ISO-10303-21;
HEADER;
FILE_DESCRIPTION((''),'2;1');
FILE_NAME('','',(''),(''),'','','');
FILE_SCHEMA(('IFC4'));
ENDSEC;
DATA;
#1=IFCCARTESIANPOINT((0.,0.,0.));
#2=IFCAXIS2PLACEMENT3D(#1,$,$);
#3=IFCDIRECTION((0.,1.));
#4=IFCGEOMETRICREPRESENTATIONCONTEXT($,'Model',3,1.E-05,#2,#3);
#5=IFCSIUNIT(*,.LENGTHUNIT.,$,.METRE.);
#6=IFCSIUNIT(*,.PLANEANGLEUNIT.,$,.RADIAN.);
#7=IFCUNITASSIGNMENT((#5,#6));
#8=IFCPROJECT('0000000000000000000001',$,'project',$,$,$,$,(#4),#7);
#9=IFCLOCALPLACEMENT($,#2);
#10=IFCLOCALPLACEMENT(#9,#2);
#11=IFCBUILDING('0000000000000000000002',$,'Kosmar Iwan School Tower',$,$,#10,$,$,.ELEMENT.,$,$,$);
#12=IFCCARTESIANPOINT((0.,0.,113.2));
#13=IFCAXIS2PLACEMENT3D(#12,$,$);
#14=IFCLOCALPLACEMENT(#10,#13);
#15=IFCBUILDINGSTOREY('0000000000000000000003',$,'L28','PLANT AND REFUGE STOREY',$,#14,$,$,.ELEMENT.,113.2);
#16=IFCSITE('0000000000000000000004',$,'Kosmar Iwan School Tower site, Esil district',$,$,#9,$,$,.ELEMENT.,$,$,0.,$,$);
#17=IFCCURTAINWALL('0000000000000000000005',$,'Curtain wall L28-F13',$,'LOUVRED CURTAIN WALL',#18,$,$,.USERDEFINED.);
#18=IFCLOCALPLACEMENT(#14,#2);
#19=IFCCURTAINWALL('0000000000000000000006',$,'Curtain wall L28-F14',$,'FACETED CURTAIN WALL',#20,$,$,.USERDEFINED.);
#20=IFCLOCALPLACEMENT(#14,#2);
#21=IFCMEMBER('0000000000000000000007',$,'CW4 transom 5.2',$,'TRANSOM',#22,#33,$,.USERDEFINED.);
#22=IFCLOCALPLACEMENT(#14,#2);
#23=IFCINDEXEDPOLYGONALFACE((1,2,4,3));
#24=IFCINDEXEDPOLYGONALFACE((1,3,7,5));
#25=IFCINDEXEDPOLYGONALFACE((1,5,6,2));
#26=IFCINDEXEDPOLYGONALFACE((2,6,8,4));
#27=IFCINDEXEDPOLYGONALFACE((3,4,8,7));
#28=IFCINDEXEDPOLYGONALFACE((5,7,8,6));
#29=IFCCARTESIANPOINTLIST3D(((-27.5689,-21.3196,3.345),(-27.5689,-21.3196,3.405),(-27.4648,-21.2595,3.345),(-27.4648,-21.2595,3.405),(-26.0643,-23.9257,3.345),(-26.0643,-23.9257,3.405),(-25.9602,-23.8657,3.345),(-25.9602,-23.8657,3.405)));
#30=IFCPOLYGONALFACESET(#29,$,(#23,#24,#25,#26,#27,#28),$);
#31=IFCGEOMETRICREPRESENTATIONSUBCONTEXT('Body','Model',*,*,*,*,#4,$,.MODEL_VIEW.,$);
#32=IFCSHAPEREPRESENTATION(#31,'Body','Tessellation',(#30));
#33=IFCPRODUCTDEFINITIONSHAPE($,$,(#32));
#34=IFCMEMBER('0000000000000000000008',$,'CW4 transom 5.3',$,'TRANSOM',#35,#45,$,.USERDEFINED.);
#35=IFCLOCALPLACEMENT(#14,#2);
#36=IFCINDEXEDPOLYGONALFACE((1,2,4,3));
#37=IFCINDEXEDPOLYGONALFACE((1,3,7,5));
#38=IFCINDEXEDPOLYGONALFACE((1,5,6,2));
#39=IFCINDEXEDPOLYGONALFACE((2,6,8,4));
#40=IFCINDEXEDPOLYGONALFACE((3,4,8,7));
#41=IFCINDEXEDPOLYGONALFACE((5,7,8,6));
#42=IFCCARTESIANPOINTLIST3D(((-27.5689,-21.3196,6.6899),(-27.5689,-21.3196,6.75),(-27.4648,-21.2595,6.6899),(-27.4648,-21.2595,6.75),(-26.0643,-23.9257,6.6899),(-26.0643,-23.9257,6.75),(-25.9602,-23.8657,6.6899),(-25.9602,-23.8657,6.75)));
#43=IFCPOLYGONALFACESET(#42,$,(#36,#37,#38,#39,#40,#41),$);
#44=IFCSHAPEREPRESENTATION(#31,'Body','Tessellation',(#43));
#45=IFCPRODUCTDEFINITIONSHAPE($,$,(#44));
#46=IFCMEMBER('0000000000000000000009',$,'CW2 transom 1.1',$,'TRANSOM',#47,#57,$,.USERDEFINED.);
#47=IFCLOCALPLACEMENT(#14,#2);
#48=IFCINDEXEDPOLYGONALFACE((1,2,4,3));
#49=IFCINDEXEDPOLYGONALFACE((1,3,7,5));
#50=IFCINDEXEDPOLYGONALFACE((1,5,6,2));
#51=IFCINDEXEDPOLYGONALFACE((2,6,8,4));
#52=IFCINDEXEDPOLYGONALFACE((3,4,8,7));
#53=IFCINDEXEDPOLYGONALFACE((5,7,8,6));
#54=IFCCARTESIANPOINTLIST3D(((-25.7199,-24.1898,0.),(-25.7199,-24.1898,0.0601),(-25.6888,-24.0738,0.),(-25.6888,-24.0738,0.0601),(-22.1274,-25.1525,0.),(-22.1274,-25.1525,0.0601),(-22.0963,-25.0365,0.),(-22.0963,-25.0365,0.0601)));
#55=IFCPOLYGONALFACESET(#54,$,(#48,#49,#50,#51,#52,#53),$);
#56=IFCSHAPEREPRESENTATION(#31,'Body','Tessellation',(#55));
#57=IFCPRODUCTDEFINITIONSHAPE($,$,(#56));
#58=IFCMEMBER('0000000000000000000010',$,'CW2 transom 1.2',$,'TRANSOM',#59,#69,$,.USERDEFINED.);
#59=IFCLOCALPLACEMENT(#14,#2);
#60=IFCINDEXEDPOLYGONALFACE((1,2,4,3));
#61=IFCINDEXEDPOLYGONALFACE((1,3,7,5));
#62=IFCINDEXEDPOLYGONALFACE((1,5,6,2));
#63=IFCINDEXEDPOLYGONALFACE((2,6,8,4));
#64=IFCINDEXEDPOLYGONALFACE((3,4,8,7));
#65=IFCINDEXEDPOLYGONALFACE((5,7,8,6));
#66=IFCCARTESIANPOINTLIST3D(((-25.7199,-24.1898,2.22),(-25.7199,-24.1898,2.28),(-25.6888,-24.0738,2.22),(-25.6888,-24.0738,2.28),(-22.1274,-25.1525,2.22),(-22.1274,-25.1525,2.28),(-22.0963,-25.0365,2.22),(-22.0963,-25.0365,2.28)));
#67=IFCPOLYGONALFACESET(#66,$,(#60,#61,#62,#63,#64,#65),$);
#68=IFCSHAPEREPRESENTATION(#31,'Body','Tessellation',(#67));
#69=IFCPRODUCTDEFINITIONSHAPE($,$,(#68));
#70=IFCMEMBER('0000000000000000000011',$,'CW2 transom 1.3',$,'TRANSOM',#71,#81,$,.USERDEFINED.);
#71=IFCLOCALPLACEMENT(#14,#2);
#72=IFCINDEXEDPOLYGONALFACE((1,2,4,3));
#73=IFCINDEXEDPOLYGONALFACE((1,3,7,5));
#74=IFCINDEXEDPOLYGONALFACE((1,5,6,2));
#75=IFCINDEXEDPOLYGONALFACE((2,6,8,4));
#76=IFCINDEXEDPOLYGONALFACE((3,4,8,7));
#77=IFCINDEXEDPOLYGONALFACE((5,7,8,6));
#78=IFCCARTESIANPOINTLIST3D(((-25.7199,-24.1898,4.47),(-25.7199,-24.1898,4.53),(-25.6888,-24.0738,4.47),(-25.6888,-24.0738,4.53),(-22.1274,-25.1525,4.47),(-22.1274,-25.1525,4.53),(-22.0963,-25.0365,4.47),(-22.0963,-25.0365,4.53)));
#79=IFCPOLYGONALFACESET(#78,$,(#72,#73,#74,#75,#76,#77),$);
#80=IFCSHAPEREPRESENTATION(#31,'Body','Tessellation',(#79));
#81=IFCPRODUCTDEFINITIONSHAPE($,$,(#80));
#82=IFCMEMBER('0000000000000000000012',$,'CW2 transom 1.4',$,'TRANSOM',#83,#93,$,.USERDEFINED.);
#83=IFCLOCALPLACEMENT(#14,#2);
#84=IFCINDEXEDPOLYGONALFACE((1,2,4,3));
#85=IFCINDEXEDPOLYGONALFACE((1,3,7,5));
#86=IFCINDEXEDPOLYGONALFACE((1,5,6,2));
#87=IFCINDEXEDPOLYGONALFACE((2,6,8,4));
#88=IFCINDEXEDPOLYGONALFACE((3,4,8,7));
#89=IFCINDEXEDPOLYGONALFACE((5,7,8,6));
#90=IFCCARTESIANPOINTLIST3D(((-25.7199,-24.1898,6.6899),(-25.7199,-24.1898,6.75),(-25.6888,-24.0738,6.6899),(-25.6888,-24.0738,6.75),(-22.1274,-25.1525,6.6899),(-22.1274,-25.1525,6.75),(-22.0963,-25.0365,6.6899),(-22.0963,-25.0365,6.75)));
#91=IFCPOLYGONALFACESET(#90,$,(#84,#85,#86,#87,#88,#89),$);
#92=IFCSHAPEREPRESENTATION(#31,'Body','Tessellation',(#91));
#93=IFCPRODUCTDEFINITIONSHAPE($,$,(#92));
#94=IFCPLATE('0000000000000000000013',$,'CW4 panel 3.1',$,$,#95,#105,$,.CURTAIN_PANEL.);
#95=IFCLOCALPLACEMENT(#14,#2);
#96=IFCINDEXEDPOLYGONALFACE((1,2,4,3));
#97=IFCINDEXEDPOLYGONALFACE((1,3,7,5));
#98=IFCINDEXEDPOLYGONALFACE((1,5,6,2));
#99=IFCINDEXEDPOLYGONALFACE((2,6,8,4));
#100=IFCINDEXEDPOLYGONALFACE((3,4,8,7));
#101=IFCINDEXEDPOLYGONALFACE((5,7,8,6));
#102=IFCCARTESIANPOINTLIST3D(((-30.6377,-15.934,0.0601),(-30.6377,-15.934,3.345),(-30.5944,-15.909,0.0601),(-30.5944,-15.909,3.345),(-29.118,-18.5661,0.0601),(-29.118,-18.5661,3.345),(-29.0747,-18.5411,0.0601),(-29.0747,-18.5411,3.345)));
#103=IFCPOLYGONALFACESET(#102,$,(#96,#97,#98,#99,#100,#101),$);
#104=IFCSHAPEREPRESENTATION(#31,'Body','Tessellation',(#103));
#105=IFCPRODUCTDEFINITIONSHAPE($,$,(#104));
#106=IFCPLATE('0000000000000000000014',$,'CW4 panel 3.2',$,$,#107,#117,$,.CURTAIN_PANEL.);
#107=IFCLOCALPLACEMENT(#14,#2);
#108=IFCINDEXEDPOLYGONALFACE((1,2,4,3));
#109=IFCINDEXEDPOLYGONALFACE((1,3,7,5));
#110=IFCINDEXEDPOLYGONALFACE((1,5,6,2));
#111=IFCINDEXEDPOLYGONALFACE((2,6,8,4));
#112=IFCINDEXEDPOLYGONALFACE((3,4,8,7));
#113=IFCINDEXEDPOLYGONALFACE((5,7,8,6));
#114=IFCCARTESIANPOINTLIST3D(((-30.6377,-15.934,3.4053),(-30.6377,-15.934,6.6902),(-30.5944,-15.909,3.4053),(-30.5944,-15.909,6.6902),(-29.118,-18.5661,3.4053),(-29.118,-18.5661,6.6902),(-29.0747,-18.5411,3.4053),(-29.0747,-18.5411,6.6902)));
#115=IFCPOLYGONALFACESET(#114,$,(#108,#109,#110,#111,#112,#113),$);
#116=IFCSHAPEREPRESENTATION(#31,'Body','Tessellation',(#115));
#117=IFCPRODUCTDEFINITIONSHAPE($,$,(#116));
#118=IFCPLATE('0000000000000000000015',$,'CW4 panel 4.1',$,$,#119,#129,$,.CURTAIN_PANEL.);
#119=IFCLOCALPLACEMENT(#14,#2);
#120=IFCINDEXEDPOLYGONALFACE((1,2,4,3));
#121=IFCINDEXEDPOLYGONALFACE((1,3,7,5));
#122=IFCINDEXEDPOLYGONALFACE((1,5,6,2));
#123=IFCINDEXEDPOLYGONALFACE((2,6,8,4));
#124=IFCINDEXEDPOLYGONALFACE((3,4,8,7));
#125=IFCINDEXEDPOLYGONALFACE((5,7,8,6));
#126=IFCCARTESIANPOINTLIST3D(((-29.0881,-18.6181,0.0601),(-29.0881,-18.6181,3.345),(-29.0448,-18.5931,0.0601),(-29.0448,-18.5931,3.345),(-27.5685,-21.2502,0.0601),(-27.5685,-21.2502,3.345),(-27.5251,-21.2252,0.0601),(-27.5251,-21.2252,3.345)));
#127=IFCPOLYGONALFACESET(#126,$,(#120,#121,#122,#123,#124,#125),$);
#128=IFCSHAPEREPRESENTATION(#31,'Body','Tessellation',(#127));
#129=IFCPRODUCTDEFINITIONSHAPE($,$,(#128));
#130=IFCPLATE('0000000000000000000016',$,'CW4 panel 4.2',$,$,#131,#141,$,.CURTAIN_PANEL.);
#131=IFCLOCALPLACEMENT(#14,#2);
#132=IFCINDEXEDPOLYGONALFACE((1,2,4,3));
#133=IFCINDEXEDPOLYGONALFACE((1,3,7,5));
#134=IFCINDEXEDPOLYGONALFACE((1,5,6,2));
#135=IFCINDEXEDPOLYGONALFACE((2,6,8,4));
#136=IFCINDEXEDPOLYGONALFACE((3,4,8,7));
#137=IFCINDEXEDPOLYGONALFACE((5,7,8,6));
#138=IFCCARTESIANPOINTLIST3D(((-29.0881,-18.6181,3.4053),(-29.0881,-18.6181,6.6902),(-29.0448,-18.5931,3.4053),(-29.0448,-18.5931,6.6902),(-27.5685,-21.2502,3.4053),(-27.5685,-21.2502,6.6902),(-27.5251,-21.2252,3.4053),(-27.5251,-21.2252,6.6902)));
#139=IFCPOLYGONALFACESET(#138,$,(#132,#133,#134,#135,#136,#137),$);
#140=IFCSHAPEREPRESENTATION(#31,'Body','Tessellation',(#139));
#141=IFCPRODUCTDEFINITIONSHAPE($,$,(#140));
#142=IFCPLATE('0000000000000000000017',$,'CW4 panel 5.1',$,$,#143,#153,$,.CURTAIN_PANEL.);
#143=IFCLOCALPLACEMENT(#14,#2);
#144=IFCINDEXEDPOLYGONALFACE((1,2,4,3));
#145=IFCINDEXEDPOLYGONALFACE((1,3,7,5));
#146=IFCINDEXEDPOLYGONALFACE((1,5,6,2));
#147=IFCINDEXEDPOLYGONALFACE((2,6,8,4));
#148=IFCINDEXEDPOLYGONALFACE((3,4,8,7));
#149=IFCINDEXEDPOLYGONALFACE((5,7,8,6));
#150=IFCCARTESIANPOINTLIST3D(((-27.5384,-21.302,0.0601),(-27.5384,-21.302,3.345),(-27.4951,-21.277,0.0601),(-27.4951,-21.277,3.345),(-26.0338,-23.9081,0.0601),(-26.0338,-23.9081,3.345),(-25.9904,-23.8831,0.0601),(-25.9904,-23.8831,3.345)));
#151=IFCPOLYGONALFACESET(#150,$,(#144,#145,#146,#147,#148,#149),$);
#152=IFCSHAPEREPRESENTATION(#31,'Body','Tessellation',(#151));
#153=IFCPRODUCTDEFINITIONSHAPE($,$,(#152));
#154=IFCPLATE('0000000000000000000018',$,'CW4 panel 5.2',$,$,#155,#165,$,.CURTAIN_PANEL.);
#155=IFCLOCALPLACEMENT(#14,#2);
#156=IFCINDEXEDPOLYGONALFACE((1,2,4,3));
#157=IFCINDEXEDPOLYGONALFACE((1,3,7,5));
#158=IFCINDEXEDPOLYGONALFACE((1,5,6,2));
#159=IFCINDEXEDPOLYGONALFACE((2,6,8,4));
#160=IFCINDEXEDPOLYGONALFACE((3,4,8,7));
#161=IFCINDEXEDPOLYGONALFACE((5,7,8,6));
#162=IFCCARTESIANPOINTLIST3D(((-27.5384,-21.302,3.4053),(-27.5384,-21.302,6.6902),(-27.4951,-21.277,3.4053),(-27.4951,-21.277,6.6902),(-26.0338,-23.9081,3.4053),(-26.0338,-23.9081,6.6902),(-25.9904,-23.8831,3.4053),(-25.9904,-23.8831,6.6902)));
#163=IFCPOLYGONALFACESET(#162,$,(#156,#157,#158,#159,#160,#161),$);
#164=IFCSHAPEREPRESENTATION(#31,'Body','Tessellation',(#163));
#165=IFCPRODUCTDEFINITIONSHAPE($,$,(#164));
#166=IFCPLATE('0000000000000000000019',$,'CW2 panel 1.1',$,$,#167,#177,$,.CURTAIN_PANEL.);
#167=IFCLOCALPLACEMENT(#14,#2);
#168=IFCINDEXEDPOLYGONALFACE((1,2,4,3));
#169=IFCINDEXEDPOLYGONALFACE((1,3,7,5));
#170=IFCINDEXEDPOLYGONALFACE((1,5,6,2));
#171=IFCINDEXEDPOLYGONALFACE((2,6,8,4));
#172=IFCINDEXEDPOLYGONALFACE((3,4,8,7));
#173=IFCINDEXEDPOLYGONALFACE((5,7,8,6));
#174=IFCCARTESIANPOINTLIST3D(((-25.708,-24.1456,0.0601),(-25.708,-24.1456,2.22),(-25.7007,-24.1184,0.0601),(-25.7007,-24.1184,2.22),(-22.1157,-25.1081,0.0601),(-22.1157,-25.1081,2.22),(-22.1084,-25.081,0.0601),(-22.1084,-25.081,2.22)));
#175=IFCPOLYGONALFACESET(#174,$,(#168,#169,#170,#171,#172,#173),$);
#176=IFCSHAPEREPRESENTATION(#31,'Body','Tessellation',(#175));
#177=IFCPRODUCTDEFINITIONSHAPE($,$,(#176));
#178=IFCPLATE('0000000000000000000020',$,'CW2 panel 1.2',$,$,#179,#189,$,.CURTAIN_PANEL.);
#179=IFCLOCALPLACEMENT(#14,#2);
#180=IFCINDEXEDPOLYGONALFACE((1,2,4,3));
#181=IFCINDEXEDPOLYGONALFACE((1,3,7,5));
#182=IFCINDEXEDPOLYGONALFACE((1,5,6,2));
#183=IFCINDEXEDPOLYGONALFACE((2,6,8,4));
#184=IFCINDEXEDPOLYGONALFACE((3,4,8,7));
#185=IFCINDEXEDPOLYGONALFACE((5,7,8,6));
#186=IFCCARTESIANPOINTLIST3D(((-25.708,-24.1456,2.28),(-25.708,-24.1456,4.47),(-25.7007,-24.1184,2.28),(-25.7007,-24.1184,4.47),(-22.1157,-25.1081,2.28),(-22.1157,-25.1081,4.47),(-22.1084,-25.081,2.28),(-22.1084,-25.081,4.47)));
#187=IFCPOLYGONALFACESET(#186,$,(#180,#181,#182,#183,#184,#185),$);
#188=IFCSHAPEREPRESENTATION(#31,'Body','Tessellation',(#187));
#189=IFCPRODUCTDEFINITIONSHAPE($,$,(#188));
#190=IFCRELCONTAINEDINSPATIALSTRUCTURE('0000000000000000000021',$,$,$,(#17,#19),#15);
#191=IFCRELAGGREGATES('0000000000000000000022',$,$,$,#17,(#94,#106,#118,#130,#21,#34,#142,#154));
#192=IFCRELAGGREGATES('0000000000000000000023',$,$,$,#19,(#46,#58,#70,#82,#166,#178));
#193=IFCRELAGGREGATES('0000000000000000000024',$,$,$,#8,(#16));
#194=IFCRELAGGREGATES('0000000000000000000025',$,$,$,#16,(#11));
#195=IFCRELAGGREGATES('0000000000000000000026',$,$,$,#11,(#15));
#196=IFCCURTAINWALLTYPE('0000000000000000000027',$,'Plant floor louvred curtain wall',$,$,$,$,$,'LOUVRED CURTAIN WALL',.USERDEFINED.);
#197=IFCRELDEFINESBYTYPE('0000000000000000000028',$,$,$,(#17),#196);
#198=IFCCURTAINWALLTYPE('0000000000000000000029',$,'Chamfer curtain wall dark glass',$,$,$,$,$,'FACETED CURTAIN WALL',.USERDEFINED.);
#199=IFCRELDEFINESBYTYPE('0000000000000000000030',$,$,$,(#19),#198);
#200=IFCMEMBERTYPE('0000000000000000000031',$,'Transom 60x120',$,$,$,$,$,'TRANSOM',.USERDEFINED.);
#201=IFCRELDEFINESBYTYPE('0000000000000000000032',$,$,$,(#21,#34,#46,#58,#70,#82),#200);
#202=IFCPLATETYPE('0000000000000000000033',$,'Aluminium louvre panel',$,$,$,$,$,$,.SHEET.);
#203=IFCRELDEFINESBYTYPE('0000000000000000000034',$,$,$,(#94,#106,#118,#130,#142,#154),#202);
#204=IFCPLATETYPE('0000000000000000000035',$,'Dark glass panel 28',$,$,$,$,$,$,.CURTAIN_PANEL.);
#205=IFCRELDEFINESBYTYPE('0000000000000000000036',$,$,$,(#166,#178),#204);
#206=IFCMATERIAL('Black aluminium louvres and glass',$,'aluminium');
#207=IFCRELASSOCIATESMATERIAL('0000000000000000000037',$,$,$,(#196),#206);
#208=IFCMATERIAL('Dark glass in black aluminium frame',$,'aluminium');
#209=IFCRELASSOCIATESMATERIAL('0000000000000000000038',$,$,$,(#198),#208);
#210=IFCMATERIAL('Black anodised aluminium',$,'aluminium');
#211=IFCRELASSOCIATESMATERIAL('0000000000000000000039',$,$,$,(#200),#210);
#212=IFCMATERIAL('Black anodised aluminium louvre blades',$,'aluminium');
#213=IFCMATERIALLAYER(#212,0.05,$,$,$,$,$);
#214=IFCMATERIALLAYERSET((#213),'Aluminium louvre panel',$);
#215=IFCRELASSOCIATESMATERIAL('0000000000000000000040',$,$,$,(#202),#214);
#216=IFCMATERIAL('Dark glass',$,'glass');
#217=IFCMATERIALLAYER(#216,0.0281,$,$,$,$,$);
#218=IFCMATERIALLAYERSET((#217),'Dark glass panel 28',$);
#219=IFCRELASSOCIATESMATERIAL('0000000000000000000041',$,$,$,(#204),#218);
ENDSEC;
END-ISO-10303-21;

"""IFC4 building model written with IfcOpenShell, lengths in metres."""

from ifc_helpers import new_model, si_unit, direction, frame, origin, origin_2d, place, context, subcontext, project, spatial, rectangle, extrude, material, layer, layer_set, material_profile, profile_set, type_object, element, aggregate, save


model = new_model("IFC4")

# Units and contexts
model_context = context("Model", 3, precision=1e-05, world=origin(), true_north=direction((0.0, 1.0)))
body_context = subcontext(model_context, "Body", "Model", "MODEL_VIEW")
ifc_project = project(units=[si_unit("LENGTHUNIT", "METRE"), si_unit("PLANEANGLEUNIT", "RADIAN")], contexts=[model_context])

# Site, building, storey
site_placement = place(None, origin())
site = spatial("IfcSite", under=ifc_project, at=site_placement, Name="Kosmar Iwan School Tower site, Esil district", CompositionType="ELEMENT", RefElevation=0.0)
building_placement = place(site_placement, origin())
building = spatial("IfcBuilding", under=site, at=building_placement, Name="Kosmar Iwan School Tower", CompositionType="ELEMENT")
storey_placement = place(building_placement, frame((0.0, 0.0, 113.2)))
storey = spatial("IfcBuildingStorey", under=building, at=storey_placement, Name="L28", Description="PLANT AND REFUGE STOREY", CompositionType="ELEMENT", Elevation=113.2)

# Curtain wall
ifc_material_1 = material(Name="Black aluminium louvres and glass", Category="aluminium")
curtain_wall_type_1 = type_object("IfcCurtainWallType", Name="Plant floor louvred curtain wall", ElementType="LOUVRED CURTAIN WALL", PredefinedType="USERDEFINED", material=ifc_material_1)
curtain_wall_1_placement = place(storey_placement, origin())
curtain_wall_1 = element("IfcCurtainWall", 1, at=curtain_wall_1_placement, inside=storey, type_object=curtain_wall_type_1, Name="Curtain wall L28-F13", ObjectType="LOUVRED CURTAIN WALL", PredefinedType="USERDEFINED")

# Curtain wall
ifc_material_2 = material(Name="Dark glass in black aluminium frame", Category="aluminium")
curtain_wall_type_2 = type_object("IfcCurtainWallType", Name="Chamfer curtain wall dark glass", ElementType="FACETED CURTAIN WALL", PredefinedType="USERDEFINED", material=ifc_material_2)
curtain_wall_2_placement = place(storey_placement, origin())
curtain_wall_2 = element("IfcCurtainWall", 2, at=curtain_wall_2_placement, inside=storey, type_object=curtain_wall_type_2, Name="Curtain wall L28-F14", ObjectType="FACETED CURTAIN WALL", PredefinedType="USERDEFINED")

# Members
ifc_material_3 = material(Name="Black anodised aluminium", Category="aluminium")
ifc_material_profile_1 = material_profile(ifc_material_3, rectangle(XDim=0.1201, YDim=0.0601, at=origin_2d()), Name="TRANSOM 60x120")
ifc_profile_set_1 = profile_set([ifc_material_profile_1], Name="Black anodised aluminium")
member_type_1 = type_object("IfcMemberType", Name="Transom 60x120", ElementType="TRANSOM", PredefinedType="USERDEFINED", material=ifc_profile_set_1)
member_1_placement = place(storey_placement, frame((-27.5168, -21.2896, 3.375), z_axis=(0.499987, -0.866033, 0.0), x_axis=(0.866033, 0.499987, 0.0)))
member_1 = element("IfcMember", 3, at=member_1_placement, type_object=member_type_1, Name="CW4 transom 5.2", ObjectType="TRANSOM", PredefinedType="USERDEFINED", context=body_context, shape_type="SweptSolid", body=[
    extrude(rectangle(XDim=0.1201, YDim=0.0601, at=origin_2d()), origin(), (0.0, 0.0, 1.0), 3.0093),
])
member_2_placement = place(storey_placement, frame((-27.5168, -21.2896, 6.72), z_axis=(0.499987, -0.866033, 0.0), x_axis=(0.866033, 0.499987, 0.0)))
member_2 = element("IfcMember", 4, at=member_2_placement, type_object=member_type_1, Name="CW4 transom 5.3", ObjectType="TRANSOM", PredefinedType="USERDEFINED", context=body_context, shape_type="SweptSolid", body=[
    extrude(rectangle(XDim=0.1201, YDim=0.0601, at=origin_2d()), origin(), (0.0, 0.0, 1.0), 3.0093),
])
member_3_placement = place(storey_placement, frame((-25.7043, -24.1318, 0.03), z_axis=(0.965924, -0.258827, 0.0), x_axis=(0.258827, 0.965924, 0.0)))
member_3 = element("IfcMember", 5, at=member_3_placement, type_object=member_type_1, Name="CW2 transom 1.1", ObjectType="TRANSOM", PredefinedType="USERDEFINED", context=body_context, shape_type="SweptSolid", body=[
    extrude(rectangle(XDim=0.1201, YDim=0.0601, at=origin_2d()), origin(), (0.0, 0.0, 1.0), 3.7192),
])
member_4_placement = place(storey_placement, frame((-25.7043, -24.1318, 2.25), z_axis=(0.965924, -0.258827, 0.0), x_axis=(0.258827, 0.965924, 0.0)))
member_4 = element("IfcMember", 6, at=member_4_placement, type_object=member_type_1, Name="CW2 transom 1.2", ObjectType="TRANSOM", PredefinedType="USERDEFINED", context=body_context, shape_type="SweptSolid", body=[
    extrude(rectangle(XDim=0.1201, YDim=0.0601, at=origin_2d()), origin(), (0.0, 0.0, 1.0), 3.7192),
])
member_5_placement = place(storey_placement, frame((-25.7043, -24.1318, 4.5), z_axis=(0.965924, -0.258827, 0.0), x_axis=(0.258827, 0.965924, 0.0)))
member_5 = element("IfcMember", 7, at=member_5_placement, type_object=member_type_1, Name="CW2 transom 1.3", ObjectType="TRANSOM", PredefinedType="USERDEFINED", context=body_context, shape_type="SweptSolid", body=[
    extrude(rectangle(XDim=0.1201, YDim=0.0601, at=origin_2d()), origin(), (0.0, 0.0, 1.0), 3.7192),
])
member_6_placement = place(storey_placement, frame((-25.7043, -24.1318, 6.72), z_axis=(0.965924, -0.258827, 0.0), x_axis=(0.258827, 0.965924, 0.0)))
member_6 = element("IfcMember", 8, at=member_6_placement, type_object=member_type_1, Name="CW2 transom 1.4", ObjectType="TRANSOM", PredefinedType="USERDEFINED", context=body_context, shape_type="SweptSolid", body=[
    extrude(rectangle(XDim=0.1201, YDim=0.0601, at=origin_2d()), origin(), (0.0, 0.0, 1.0), 3.7192),
])

# Plates
ifc_material_4 = material(Name="Black anodised aluminium louvre blades", Category="aluminium")
ifc_layer_1 = layer(ifc_material_4, 0.05)
ifc_layer_set_1 = layer_set([ifc_layer_1], Name="Aluminium louvre panel")
plate_type_1 = type_object("IfcPlateType", Name="Aluminium louvre panel", PredefinedType="SHEET", material=ifc_layer_set_1)
plate_1_placement = place(storey_placement, frame((-29.8562, -17.2375, 0.0601), z_axis=(0.0, 0.0, 1.0), x_axis=(0.5, -0.866025, 0.0)))
plate_1 = element("IfcPlate", 9, at=plate_1_placement, type_object=plate_type_1, Name="CW4 panel 3.1", PredefinedType="CURTAIN_PANEL", context=body_context, shape_type="SweptSolid", body=[
    extrude(rectangle(XDim=3.0393, YDim=0.05, at=origin_2d()), origin(), (0.0, 0.0, 1.0), 3.2849),
])
plate_2_placement = place(storey_placement, frame((-29.8562, -17.2375, 3.4053), z_axis=(0.0, 0.0, 1.0), x_axis=(0.5, -0.866025, 0.0)))
plate_2 = element("IfcPlate", 10, at=plate_2_placement, type_object=plate_type_1, Name="CW4 panel 3.2", PredefinedType="CURTAIN_PANEL", context=body_context, shape_type="SweptSolid", body=[
    extrude(rectangle(XDim=3.0393, YDim=0.05, at=origin_2d()), origin(), (0.0, 0.0, 1.0), 3.2849),
])
plate_3_placement = place(storey_placement, frame((-28.3066, -19.9216, 0.0601), z_axis=(0.0, 0.0, 1.0), x_axis=(0.5, -0.866025, 0.0)))
plate_3 = element("IfcPlate", 11, at=plate_3_placement, type_object=plate_type_1, Name="CW4 panel 4.1", PredefinedType="CURTAIN_PANEL", context=body_context, shape_type="SweptSolid", body=[
    extrude(rectangle(XDim=3.0393, YDim=0.05, at=origin_2d()), origin(), (0.0, 0.0, 1.0), 3.2849),
])
plate_4_placement = place(storey_placement, frame((-28.3066, -19.9216, 3.4053), z_axis=(0.0, 0.0, 1.0), x_axis=(0.5, -0.866025, 0.0)))
plate_4 = element("IfcPlate", 12, at=plate_4_placement, type_object=plate_type_1, Name="CW4 panel 4.2", PredefinedType="CURTAIN_PANEL", context=body_context, shape_type="SweptSolid", body=[
    extrude(rectangle(XDim=3.0393, YDim=0.05, at=origin_2d()), origin(), (0.0, 0.0, 1.0), 3.2849),
])
plate_5_placement = place(storey_placement, frame((-26.7644, -22.5925, 0.0601), z_axis=(0.0, 0.0, 1.0), x_axis=(0.5, -0.866025, 0.0)))
plate_5 = element("IfcPlate", 13, at=plate_5_placement, type_object=plate_type_1, Name="CW4 panel 5.1", PredefinedType="CURTAIN_PANEL", context=body_context, shape_type="SweptSolid", body=[
    extrude(rectangle(XDim=3.0093, YDim=0.05, at=origin_2d()), origin(), (0.0, 0.0, 1.0), 3.2849),
])
plate_6_placement = place(storey_placement, frame((-26.7644, -22.5925, 3.4053), z_axis=(0.0, 0.0, 1.0), x_axis=(0.5, -0.866025, 0.0)))
plate_6 = element("IfcPlate", 14, at=plate_6_placement, type_object=plate_type_1, Name="CW4 panel 5.2", PredefinedType="CURTAIN_PANEL", context=body_context, shape_type="SweptSolid", body=[
    extrude(rectangle(XDim=3.0093, YDim=0.05, at=origin_2d()), origin(), (0.0, 0.0, 1.0), 3.2849),
])
aggregate(curtain_wall_1, [plate_1, plate_2, plate_3, plate_4, member_1, member_2, plate_5, plate_6])
ifc_material_5 = material(Name="Dark glass", Category="glass")
ifc_layer_2 = layer(ifc_material_5, 0.0281)
ifc_layer_set_2 = layer_set([ifc_layer_2], Name="Dark glass panel 28")
plate_type_2 = type_object("IfcPlateType", Name="Dark glass panel 28", PredefinedType="CURTAIN_PANEL", material=ifc_layer_set_2)
plate_7_placement = place(storey_placement, frame((-23.9082, -24.6133, 0.0601), z_axis=(0.0, 0.0, 1.0), x_axis=(0.965926, -0.258819, 0.0)))
plate_7 = element("IfcPlate", 15, at=plate_7_placement, type_object=plate_type_2, Name="CW2 panel 1.1", PredefinedType="CURTAIN_PANEL", context=body_context, shape_type="SweptSolid", body=[
    extrude(rectangle(XDim=3.719, YDim=0.0281, at=origin_2d()), origin(), (0.0, 0.0, 1.0), 2.1599),
])
plate_8_placement = place(storey_placement, frame((-23.9082, -24.6133, 2.28), z_axis=(0.0, 0.0, 1.0), x_axis=(0.965926, -0.258819, 0.0)))
plate_8 = element("IfcPlate", 16, at=plate_8_placement, type_object=plate_type_2, Name="CW2 panel 1.2", PredefinedType="CURTAIN_PANEL", context=body_context, shape_type="SweptSolid", body=[
    extrude(rectangle(XDim=3.719, YDim=0.0281, at=origin_2d()), origin(), (0.0, 0.0, 1.0), 2.1899),
])
aggregate(curtain_wall_2, [member_3, member_4, member_5, member_6, plate_7, plate_8])

save(model, "model.ifc")
